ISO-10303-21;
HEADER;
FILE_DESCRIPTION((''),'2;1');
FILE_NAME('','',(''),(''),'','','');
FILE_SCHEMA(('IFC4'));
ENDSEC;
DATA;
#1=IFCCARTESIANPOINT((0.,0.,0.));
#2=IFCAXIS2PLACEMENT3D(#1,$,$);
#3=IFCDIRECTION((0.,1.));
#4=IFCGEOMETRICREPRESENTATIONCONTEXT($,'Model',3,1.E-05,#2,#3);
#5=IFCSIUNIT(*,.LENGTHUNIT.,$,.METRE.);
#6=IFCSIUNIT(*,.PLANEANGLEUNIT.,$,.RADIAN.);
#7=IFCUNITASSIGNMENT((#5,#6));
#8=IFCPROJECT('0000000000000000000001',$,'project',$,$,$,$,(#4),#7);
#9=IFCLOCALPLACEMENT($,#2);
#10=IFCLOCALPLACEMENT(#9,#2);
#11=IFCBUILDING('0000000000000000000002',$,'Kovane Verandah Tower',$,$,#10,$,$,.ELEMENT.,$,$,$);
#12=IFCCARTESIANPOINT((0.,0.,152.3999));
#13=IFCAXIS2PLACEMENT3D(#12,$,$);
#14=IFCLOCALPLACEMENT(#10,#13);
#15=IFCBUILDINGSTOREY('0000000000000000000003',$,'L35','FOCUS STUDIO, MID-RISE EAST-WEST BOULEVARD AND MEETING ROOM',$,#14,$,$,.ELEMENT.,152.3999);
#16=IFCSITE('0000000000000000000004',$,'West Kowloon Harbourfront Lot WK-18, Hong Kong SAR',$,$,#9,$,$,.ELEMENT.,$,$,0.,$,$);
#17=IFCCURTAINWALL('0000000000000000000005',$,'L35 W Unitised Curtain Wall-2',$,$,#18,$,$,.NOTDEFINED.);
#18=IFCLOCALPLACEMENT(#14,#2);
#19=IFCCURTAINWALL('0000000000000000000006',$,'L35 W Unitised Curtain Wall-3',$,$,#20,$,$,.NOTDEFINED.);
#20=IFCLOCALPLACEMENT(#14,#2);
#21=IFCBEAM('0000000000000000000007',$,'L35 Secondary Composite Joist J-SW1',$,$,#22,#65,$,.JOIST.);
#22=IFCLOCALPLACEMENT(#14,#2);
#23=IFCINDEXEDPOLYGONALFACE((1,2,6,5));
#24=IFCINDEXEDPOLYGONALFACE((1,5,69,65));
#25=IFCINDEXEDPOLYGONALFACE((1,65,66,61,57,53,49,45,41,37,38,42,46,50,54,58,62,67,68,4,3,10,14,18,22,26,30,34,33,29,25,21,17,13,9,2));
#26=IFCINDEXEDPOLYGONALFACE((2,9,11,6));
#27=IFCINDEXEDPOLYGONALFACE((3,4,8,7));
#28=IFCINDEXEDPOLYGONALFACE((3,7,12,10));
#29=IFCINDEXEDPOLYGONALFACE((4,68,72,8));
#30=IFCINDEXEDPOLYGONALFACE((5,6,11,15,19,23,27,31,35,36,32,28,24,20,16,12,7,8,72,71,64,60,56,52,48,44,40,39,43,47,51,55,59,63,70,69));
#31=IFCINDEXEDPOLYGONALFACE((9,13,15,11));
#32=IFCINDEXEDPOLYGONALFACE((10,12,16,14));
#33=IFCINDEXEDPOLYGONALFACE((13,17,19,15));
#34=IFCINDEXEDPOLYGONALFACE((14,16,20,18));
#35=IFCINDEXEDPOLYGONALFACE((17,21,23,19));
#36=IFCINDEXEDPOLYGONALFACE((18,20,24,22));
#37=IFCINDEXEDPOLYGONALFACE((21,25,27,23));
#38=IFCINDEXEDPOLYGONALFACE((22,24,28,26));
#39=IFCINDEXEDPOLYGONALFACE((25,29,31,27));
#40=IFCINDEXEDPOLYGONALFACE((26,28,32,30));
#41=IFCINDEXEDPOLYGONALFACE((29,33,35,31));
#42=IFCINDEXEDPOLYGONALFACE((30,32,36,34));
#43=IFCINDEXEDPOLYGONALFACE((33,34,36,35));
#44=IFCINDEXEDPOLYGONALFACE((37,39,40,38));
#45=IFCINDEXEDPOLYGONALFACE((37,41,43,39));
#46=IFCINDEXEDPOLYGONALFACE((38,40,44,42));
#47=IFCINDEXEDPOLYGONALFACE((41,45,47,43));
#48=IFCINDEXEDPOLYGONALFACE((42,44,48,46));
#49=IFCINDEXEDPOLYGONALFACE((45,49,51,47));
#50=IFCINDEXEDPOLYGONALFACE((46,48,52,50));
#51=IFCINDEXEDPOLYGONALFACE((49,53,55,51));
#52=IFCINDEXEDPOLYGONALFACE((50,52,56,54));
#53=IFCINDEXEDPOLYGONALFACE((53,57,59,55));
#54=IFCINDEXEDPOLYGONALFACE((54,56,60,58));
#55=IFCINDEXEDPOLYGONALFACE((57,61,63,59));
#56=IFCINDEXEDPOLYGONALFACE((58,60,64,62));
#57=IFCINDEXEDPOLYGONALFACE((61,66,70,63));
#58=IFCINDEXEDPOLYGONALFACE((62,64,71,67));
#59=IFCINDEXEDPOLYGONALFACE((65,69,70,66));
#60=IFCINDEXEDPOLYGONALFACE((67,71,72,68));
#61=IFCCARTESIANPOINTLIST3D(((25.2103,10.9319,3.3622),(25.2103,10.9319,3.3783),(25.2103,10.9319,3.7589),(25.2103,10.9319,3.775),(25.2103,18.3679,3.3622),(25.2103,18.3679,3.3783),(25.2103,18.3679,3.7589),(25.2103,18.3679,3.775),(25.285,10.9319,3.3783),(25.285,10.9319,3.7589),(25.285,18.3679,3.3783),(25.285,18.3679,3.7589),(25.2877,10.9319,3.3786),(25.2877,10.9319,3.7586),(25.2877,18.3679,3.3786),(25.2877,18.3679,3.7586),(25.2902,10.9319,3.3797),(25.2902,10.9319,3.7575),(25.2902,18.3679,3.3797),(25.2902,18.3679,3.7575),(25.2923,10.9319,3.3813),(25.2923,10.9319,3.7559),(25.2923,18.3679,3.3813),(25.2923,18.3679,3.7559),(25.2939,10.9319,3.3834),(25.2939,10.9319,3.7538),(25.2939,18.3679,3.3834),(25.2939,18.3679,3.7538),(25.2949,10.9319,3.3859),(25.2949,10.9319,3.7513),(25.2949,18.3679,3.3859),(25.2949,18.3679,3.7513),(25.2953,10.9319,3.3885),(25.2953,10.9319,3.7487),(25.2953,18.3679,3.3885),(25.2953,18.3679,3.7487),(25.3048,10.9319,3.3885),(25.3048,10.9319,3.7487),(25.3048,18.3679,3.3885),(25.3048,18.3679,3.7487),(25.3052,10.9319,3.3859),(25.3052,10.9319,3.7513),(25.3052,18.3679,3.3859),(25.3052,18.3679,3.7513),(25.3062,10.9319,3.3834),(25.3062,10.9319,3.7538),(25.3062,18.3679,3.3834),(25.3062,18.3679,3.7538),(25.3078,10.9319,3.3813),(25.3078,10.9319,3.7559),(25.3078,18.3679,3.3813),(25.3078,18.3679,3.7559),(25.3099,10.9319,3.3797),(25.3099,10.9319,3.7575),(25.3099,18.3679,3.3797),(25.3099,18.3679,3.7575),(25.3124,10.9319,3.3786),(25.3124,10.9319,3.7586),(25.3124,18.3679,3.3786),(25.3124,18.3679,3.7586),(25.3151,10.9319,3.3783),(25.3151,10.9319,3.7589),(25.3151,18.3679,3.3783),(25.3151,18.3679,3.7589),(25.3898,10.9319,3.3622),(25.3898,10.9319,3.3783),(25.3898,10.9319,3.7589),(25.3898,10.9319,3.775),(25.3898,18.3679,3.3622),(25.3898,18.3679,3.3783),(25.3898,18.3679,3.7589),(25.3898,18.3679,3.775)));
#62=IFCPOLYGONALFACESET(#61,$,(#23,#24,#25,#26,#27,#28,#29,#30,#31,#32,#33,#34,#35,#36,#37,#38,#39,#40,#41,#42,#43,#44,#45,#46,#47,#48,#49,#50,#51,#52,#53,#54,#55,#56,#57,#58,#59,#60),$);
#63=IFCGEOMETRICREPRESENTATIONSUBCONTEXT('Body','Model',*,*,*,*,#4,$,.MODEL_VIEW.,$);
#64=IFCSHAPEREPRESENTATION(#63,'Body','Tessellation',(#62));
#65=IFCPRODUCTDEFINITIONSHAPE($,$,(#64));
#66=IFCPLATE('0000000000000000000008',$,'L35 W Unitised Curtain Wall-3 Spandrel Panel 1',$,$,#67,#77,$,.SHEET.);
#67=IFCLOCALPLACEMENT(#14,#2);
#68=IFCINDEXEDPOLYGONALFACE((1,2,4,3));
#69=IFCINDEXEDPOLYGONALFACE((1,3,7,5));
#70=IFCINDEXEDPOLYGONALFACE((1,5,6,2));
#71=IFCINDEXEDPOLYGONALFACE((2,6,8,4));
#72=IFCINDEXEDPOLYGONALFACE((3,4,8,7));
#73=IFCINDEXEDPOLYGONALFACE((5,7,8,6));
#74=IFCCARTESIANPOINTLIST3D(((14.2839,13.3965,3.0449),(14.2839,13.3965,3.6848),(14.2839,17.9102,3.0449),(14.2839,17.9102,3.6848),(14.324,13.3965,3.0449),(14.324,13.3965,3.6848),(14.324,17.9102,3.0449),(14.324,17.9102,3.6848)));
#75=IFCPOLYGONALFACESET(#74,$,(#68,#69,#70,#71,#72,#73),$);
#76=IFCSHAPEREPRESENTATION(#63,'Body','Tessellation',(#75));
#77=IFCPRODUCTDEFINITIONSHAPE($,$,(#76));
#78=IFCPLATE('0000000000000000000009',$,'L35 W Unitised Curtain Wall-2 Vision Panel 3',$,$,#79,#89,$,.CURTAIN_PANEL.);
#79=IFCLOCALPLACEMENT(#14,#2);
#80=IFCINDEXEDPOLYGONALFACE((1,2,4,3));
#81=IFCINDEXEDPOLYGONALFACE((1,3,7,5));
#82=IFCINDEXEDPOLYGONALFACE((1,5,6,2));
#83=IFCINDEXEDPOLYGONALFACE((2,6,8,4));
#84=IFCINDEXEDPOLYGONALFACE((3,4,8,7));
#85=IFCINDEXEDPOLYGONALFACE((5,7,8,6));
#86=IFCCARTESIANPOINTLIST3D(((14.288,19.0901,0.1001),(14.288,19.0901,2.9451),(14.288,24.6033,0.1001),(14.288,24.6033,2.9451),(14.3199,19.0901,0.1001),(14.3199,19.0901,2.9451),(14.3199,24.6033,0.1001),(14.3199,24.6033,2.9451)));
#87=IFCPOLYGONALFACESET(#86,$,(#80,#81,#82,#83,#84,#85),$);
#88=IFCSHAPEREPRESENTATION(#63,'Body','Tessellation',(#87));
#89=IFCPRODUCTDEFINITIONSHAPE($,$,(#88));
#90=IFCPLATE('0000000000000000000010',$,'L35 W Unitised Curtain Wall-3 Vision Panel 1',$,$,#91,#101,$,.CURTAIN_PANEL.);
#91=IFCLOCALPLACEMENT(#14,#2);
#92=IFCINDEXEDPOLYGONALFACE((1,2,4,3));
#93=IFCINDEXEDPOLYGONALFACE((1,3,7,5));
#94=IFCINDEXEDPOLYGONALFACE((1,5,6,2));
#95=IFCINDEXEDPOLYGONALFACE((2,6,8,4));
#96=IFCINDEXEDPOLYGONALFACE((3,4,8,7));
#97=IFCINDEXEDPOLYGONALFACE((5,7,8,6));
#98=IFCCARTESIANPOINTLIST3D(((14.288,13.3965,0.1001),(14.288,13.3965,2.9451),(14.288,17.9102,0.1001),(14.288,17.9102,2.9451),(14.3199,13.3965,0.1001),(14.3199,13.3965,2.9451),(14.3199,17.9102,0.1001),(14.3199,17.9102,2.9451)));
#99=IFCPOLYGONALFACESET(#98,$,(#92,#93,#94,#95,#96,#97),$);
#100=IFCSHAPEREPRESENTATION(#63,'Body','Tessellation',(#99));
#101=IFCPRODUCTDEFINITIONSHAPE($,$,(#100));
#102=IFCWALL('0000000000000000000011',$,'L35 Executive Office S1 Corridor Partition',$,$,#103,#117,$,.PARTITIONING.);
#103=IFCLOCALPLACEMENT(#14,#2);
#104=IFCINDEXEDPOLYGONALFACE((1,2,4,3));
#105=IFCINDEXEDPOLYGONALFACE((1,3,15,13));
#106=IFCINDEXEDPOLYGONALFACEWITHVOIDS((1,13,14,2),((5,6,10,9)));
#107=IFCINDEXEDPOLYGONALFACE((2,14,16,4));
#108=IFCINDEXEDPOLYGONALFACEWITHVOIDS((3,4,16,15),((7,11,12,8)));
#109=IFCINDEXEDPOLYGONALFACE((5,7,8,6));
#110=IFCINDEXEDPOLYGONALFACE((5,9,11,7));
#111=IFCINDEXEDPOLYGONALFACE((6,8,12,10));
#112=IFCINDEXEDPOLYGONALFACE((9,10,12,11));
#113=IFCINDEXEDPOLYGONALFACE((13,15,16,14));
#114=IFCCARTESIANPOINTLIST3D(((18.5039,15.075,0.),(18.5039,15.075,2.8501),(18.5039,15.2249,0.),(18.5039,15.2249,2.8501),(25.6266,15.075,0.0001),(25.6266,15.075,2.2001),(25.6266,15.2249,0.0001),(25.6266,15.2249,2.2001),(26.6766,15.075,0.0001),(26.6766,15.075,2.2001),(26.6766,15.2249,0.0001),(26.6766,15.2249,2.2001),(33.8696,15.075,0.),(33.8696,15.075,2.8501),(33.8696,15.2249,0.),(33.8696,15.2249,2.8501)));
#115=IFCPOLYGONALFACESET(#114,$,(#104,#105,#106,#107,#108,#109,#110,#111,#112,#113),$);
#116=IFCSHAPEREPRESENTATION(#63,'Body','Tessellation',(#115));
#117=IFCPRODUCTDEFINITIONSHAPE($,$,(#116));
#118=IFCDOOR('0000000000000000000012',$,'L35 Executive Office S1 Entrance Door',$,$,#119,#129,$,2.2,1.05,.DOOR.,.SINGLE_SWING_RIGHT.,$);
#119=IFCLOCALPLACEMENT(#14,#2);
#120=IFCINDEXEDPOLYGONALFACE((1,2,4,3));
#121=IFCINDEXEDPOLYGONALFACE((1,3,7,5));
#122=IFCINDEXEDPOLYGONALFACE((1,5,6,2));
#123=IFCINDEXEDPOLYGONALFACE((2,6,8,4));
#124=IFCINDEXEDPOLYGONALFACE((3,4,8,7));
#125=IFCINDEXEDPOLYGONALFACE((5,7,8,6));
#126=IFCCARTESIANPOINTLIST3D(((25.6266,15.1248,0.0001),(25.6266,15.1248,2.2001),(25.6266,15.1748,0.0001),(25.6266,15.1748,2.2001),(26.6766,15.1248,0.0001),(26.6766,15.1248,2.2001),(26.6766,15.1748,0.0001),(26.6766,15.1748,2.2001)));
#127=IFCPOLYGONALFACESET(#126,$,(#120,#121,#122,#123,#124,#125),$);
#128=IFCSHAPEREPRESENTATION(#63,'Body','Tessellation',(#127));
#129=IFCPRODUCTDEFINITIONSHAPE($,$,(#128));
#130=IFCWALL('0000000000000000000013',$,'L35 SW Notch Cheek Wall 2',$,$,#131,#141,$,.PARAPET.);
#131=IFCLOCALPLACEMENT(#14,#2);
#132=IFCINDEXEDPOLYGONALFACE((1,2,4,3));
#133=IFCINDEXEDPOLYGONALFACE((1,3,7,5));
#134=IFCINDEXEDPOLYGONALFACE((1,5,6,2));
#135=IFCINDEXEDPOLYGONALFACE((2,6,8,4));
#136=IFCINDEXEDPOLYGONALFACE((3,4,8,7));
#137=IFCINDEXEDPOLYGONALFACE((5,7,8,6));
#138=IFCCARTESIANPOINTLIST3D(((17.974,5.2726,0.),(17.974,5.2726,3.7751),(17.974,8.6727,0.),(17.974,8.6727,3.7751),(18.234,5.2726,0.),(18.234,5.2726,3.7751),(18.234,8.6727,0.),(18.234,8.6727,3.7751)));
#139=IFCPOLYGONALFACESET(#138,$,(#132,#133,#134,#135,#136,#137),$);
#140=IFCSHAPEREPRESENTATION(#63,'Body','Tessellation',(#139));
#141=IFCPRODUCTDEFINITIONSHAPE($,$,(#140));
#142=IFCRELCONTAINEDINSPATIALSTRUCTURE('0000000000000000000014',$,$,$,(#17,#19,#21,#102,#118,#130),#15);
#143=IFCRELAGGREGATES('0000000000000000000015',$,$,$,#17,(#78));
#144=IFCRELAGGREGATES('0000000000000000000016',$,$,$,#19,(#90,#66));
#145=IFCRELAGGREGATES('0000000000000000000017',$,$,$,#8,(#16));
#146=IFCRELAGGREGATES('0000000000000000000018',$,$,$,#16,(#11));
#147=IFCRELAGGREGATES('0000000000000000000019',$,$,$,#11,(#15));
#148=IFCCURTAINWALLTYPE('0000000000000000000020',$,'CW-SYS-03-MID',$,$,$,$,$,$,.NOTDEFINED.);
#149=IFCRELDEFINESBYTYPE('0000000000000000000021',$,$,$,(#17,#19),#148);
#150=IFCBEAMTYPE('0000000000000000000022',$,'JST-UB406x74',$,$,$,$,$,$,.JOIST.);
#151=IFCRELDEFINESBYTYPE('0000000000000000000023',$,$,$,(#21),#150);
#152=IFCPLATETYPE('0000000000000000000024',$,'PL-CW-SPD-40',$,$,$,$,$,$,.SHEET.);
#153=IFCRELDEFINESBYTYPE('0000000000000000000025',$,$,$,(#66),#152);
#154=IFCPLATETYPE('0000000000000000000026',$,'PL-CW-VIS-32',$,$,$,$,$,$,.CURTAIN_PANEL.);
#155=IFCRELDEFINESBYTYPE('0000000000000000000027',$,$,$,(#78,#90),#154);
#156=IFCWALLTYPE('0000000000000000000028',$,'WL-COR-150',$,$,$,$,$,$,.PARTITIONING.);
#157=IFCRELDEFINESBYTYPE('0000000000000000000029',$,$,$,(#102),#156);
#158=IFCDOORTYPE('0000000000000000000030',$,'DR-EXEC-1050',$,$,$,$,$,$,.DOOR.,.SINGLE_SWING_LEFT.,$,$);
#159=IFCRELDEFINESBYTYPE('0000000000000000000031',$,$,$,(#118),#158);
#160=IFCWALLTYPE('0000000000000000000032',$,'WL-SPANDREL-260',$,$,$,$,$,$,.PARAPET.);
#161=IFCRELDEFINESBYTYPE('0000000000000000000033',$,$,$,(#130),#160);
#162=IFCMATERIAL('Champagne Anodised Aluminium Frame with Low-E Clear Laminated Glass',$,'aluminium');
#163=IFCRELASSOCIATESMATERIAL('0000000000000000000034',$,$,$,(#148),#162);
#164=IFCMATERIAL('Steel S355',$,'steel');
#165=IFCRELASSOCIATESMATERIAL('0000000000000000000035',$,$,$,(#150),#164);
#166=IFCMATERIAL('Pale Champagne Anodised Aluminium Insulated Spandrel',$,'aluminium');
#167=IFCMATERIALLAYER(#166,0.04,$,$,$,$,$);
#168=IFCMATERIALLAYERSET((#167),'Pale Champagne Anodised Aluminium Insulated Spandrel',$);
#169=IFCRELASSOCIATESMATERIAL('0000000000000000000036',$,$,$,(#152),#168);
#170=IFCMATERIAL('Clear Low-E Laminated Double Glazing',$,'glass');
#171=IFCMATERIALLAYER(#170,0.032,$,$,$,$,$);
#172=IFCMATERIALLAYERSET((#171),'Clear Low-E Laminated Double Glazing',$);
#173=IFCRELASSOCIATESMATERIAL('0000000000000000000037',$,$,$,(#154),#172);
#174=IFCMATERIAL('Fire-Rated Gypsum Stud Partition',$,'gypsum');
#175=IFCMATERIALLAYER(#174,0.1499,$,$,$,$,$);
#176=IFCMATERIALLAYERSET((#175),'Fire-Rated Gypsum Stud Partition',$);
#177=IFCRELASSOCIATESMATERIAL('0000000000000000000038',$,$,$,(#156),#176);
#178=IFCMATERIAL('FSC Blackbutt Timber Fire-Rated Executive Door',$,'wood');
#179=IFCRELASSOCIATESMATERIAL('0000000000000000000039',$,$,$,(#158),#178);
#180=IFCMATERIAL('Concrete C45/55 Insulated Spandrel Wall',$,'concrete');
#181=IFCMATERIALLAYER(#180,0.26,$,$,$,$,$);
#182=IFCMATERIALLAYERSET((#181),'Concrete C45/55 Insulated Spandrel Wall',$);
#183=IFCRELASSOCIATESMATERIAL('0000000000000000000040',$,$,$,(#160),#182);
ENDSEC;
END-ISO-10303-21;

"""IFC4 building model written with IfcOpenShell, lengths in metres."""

from ifc_helpers import new_model, si_unit, direction, frame, frame_2d, origin, origin_2d, place, context, subcontext, project, spatial, rectangle, i_section, extrude, material, layer, layer_set, material_profile, profile_set, type_object, element, fill, aggregate, save


model = new_model("IFC4")

# Units and contexts
model_context = context("Model", 3, precision=1e-05, world=origin(), true_north=direction((0.0, 1.0)))
body_context = subcontext(model_context, "Body", "Model", "MODEL_VIEW")
ifc_project = project(units=[si_unit("LENGTHUNIT", "METRE"), si_unit("PLANEANGLEUNIT", "RADIAN")], contexts=[model_context])

# Site, building, storey
site_placement = place(None, origin())
site = spatial("IfcSite", under=ifc_project, at=site_placement, Name="West Kowloon Harbourfront Lot WK-18, Hong Kong SAR", CompositionType="ELEMENT", RefElevation=0.0)
building_placement = place(site_placement, origin())
building = spatial("IfcBuilding", under=site, at=building_placement, Name="Kovane Verandah Tower", CompositionType="ELEMENT")
storey_placement = place(building_placement, frame((0.0, 0.0, 152.3999)))
storey = spatial("IfcBuildingStorey", under=building, at=storey_placement, Name="L35", Description="FOCUS STUDIO, MID-RISE EAST-WEST BOULEVARD AND MEETING ROOM", CompositionType="ELEMENT", Elevation=152.3999)

# Shared definitions
ifc_material_1 = material(Name="Steel S355", Category="steel")

# Curtain wall
ifc_material_2 = material(Name="Champagne Anodised Aluminium Frame with Low-E Clear Laminated Glass", Category="aluminium")
curtain_wall_type = type_object("IfcCurtainWallType", Name="CW-SYS-03-MID", PredefinedType="NOTDEFINED", material=ifc_material_2)
curtain_wall_1_placement = place(storey_placement, origin())
curtain_wall_1 = element("IfcCurtainWall", 1, at=curtain_wall_1_placement, inside=storey, type_object=curtain_wall_type, Name="L35 W Unitised Curtain Wall-2", PredefinedType="NOTDEFINED")

# Curtain wall
curtain_wall_2_placement = place(storey_placement, origin())
curtain_wall_2 = element("IfcCurtainWall", 2, at=curtain_wall_2_placement, inside=storey, type_object=curtain_wall_type, Name="L35 W Unitised Curtain Wall-3", PredefinedType="NOTDEFINED")

# Beam
ifc_material_profile_1 = material_profile(ifc_material_1, i_section(OverallWidth=0.1794, OverallDepth=0.4128, WebThickness=0.0095, FlangeThickness=0.0161, FilletRadius=0.0103, at=origin_2d()), Name="UB406x178x74")
ifc_profile_set_1 = profile_set([ifc_material_profile_1], Name="Steel S355")
beam_type_1 = type_object("IfcBeamType", Name="JST-UB406x74", PredefinedType="JOIST", material=ifc_profile_set_1)
beam_1_placement = place(storey_placement, frame((25.3, 10.9319, 3.5686), z_axis=(0.0, 1.0, 0.0), x_axis=(-1.0, 0.0, 0.0)))
element("IfcBeam", 3, at=beam_1_placement, inside=storey, type_object=beam_type_1, Name="L35 Secondary Composite Joist J-SW1", PredefinedType="JOIST", context=body_context, shape_type="SweptSolid", body=[
    extrude(i_section(OverallWidth=0.1794, OverallDepth=0.4128, WebThickness=0.0095, FlangeThickness=0.0161, FilletRadius=0.0103, at=origin_2d()), origin(), (0.0, 0.0, 1.0), 7.436),
])

# Plates
ifc_material_3 = material(Name="Pale Champagne Anodised Aluminium Insulated Spandrel", Category="aluminium")
ifc_layer_1 = layer(ifc_material_3, 0.04)
ifc_layer_set_1 = layer_set([ifc_layer_1], Name="Pale Champagne Anodised Aluminium Insulated Spandrel")
plate_type_1 = type_object("IfcPlateType", Name="PL-CW-SPD-40", PredefinedType="SHEET", material=ifc_layer_set_1)
plate_1_placement = place(storey_placement, frame((14.304, 15.6533, 3.0449), z_axis=(0.0, 0.0, 1.0), x_axis=(0.0, -1.0, 0.0)))
plate_1 = element("IfcPlate", 4, at=plate_1_placement, type_object=plate_type_1, Name="L35 W Unitised Curtain Wall-3 Spandrel Panel 1", PredefinedType="SHEET", context=body_context, shape_type="SweptSolid", body=[
    extrude(rectangle(XDim=4.5137, YDim=0.04, at=origin_2d()), origin(), (0.0, 0.0, 1.0), 0.6399),
])
ifc_material_4 = material(Name="Clear Low-E Laminated Double Glazing", Category="glass")
ifc_layer_2 = layer(ifc_material_4, 0.032)
ifc_layer_set_2 = layer_set([ifc_layer_2], Name="Clear Low-E Laminated Double Glazing")
plate_type_2 = type_object("IfcPlateType", Name="PL-CW-VIS-32", PredefinedType="CURTAIN_PANEL", material=ifc_layer_set_2)
plate_2_placement = place(storey_placement, frame((14.304, 21.8467, 0.1001), z_axis=(0.0, 0.0, 1.0), x_axis=(0.0, -1.0, 0.0)))
plate_2 = element("IfcPlate", 5, at=plate_2_placement, type_object=plate_type_2, Name="L35 W Unitised Curtain Wall-2 Vision Panel 3", PredefinedType="CURTAIN_PANEL", context=body_context, shape_type="SweptSolid", body=[
    extrude(rectangle(XDim=5.5132, YDim=0.032, at=origin_2d()), origin(), (0.0, 0.0, 1.0), 2.845),
])
aggregate(curtain_wall_1, [plate_2])
plate_3_placement = place(storey_placement, frame((14.304, 15.6533, 0.1001), z_axis=(0.0, 0.0, 1.0), x_axis=(0.0, -1.0, 0.0)))
plate_3 = element("IfcPlate", 6, at=plate_3_placement, type_object=plate_type_2, Name="L35 W Unitised Curtain Wall-3 Vision Panel 1", PredefinedType="CURTAIN_PANEL", context=body_context, shape_type="SweptSolid", body=[
    extrude(rectangle(XDim=4.5137, YDim=0.032, at=origin_2d()), origin(), (0.0, 0.0, 1.0), 2.845),
])
aggregate(curtain_wall_2, [plate_3, plate_1])

# Wall, opening, door
ifc_material_5 = material(Name="Fire-Rated Gypsum Stud Partition", Category="gypsum")
ifc_layer_3 = layer(ifc_material_5, 0.1499)
ifc_layer_set_3 = layer_set([ifc_layer_3], Name="Fire-Rated Gypsum Stud Partition")
wall_type_1 = type_object("IfcWallType", Name="WL-COR-150", PredefinedType="PARTITIONING", material=ifc_layer_set_3)
wall_1_placement = place(storey_placement, frame((18.5039, 15.1499, 0.0), z_axis=(0.0, 0.0, 1.0), x_axis=(1.0, 0.0, 0.0)))
wall_1 = element("IfcWall", 7, at=wall_1_placement, inside=storey, type_object=wall_type_1, Name="L35 Executive Office S1 Corridor Partition", PredefinedType="PARTITIONING", context=body_context, shape_type="SweptSolid", body=[
    extrude(rectangle(XDim=15.3657, YDim=0.1499, at=frame_2d((7.6829, 0.0))), origin(), (0.0, 0.0, 1.0), 2.8501),
])
opening_1_placement = place(wall_1_placement, frame((7.1228, 0.0, 0.0)))
opening_1 = element("IfcOpeningElement", 8, at=opening_1_placement, cuts=wall_1, PredefinedType="OPENING", context=body_context, shape_type="SweptSolid", body=[
    extrude(rectangle(XDim=1.05, YDim=2.2, at=frame_2d((0.5249, 1.1001))), frame((0.0, 0.075, 0.0), z_axis=(0.0, -1.0, 0.0), x_axis=(1.0, 0.0, 0.0)), (0.0, 0.0, 1.0), 0.1499),
])
ifc_material_6 = material(Name="FSC Blackbutt Timber Fire-Rated Executive Door", Category="wood")
door_type_1 = type_object("IfcDoorType", Name="DR-EXEC-1050", OperationType="SINGLE_SWING_LEFT", PredefinedType="DOOR", material=ifc_material_6)
door_1_placement = place(opening_1_placement, origin())
door_1 = element("IfcDoor", 9, at=door_1_placement, inside=storey, type_object=door_type_1, Name="L35 Executive Office S1 Entrance Door", OperationType="SINGLE_SWING_RIGHT", OverallHeight=2.2, OverallWidth=1.05, PredefinedType="DOOR", context=body_context, shape_type="SweptSolid", body=[
    extrude(rectangle(XDim=1.05, YDim=2.2, at=frame_2d((0.5249, 1.1001))), frame((0.0, 0.0249, 0.0), z_axis=(0.0, -1.0, 0.0), x_axis=(1.0, 0.0, 0.0)), (0.0, 0.0, 1.0), 0.05),
])
fill(opening_1, door_1)

# Shared definitions
ifc_material_7 = material(Name="Concrete C45/55 Insulated Spandrel Wall", Category="concrete")
ifc_layer_4 = layer(ifc_material_7, 0.26)
ifc_layer_set_4 = layer_set([ifc_layer_4], Name="Concrete C45/55 Insulated Spandrel Wall")
wall_type_2 = type_object("IfcWallType", Name="WL-SPANDREL-260", PredefinedType="PARAPET", material=ifc_layer_set_4)

# Wall
wall_2_placement = place(storey_placement, frame((18.104, 8.6729, 0.0), z_axis=(0.0, 0.0, 1.0), x_axis=(0.0, -1.0, 0.0)))
element("IfcWall", 10, at=wall_2_placement, inside=storey, type_object=wall_type_2, Name="L35 SW Notch Cheek Wall 2", PredefinedType="PARAPET", context=body_context, shape_type="SweptSolid", body=[
    extrude(rectangle(XDim=3.4001, YDim=0.26, at=frame_2d((1.7002, 0.0))), origin(), (0.0, 0.0, 1.0), 3.7751),
])

save(model, "model.ifc")
